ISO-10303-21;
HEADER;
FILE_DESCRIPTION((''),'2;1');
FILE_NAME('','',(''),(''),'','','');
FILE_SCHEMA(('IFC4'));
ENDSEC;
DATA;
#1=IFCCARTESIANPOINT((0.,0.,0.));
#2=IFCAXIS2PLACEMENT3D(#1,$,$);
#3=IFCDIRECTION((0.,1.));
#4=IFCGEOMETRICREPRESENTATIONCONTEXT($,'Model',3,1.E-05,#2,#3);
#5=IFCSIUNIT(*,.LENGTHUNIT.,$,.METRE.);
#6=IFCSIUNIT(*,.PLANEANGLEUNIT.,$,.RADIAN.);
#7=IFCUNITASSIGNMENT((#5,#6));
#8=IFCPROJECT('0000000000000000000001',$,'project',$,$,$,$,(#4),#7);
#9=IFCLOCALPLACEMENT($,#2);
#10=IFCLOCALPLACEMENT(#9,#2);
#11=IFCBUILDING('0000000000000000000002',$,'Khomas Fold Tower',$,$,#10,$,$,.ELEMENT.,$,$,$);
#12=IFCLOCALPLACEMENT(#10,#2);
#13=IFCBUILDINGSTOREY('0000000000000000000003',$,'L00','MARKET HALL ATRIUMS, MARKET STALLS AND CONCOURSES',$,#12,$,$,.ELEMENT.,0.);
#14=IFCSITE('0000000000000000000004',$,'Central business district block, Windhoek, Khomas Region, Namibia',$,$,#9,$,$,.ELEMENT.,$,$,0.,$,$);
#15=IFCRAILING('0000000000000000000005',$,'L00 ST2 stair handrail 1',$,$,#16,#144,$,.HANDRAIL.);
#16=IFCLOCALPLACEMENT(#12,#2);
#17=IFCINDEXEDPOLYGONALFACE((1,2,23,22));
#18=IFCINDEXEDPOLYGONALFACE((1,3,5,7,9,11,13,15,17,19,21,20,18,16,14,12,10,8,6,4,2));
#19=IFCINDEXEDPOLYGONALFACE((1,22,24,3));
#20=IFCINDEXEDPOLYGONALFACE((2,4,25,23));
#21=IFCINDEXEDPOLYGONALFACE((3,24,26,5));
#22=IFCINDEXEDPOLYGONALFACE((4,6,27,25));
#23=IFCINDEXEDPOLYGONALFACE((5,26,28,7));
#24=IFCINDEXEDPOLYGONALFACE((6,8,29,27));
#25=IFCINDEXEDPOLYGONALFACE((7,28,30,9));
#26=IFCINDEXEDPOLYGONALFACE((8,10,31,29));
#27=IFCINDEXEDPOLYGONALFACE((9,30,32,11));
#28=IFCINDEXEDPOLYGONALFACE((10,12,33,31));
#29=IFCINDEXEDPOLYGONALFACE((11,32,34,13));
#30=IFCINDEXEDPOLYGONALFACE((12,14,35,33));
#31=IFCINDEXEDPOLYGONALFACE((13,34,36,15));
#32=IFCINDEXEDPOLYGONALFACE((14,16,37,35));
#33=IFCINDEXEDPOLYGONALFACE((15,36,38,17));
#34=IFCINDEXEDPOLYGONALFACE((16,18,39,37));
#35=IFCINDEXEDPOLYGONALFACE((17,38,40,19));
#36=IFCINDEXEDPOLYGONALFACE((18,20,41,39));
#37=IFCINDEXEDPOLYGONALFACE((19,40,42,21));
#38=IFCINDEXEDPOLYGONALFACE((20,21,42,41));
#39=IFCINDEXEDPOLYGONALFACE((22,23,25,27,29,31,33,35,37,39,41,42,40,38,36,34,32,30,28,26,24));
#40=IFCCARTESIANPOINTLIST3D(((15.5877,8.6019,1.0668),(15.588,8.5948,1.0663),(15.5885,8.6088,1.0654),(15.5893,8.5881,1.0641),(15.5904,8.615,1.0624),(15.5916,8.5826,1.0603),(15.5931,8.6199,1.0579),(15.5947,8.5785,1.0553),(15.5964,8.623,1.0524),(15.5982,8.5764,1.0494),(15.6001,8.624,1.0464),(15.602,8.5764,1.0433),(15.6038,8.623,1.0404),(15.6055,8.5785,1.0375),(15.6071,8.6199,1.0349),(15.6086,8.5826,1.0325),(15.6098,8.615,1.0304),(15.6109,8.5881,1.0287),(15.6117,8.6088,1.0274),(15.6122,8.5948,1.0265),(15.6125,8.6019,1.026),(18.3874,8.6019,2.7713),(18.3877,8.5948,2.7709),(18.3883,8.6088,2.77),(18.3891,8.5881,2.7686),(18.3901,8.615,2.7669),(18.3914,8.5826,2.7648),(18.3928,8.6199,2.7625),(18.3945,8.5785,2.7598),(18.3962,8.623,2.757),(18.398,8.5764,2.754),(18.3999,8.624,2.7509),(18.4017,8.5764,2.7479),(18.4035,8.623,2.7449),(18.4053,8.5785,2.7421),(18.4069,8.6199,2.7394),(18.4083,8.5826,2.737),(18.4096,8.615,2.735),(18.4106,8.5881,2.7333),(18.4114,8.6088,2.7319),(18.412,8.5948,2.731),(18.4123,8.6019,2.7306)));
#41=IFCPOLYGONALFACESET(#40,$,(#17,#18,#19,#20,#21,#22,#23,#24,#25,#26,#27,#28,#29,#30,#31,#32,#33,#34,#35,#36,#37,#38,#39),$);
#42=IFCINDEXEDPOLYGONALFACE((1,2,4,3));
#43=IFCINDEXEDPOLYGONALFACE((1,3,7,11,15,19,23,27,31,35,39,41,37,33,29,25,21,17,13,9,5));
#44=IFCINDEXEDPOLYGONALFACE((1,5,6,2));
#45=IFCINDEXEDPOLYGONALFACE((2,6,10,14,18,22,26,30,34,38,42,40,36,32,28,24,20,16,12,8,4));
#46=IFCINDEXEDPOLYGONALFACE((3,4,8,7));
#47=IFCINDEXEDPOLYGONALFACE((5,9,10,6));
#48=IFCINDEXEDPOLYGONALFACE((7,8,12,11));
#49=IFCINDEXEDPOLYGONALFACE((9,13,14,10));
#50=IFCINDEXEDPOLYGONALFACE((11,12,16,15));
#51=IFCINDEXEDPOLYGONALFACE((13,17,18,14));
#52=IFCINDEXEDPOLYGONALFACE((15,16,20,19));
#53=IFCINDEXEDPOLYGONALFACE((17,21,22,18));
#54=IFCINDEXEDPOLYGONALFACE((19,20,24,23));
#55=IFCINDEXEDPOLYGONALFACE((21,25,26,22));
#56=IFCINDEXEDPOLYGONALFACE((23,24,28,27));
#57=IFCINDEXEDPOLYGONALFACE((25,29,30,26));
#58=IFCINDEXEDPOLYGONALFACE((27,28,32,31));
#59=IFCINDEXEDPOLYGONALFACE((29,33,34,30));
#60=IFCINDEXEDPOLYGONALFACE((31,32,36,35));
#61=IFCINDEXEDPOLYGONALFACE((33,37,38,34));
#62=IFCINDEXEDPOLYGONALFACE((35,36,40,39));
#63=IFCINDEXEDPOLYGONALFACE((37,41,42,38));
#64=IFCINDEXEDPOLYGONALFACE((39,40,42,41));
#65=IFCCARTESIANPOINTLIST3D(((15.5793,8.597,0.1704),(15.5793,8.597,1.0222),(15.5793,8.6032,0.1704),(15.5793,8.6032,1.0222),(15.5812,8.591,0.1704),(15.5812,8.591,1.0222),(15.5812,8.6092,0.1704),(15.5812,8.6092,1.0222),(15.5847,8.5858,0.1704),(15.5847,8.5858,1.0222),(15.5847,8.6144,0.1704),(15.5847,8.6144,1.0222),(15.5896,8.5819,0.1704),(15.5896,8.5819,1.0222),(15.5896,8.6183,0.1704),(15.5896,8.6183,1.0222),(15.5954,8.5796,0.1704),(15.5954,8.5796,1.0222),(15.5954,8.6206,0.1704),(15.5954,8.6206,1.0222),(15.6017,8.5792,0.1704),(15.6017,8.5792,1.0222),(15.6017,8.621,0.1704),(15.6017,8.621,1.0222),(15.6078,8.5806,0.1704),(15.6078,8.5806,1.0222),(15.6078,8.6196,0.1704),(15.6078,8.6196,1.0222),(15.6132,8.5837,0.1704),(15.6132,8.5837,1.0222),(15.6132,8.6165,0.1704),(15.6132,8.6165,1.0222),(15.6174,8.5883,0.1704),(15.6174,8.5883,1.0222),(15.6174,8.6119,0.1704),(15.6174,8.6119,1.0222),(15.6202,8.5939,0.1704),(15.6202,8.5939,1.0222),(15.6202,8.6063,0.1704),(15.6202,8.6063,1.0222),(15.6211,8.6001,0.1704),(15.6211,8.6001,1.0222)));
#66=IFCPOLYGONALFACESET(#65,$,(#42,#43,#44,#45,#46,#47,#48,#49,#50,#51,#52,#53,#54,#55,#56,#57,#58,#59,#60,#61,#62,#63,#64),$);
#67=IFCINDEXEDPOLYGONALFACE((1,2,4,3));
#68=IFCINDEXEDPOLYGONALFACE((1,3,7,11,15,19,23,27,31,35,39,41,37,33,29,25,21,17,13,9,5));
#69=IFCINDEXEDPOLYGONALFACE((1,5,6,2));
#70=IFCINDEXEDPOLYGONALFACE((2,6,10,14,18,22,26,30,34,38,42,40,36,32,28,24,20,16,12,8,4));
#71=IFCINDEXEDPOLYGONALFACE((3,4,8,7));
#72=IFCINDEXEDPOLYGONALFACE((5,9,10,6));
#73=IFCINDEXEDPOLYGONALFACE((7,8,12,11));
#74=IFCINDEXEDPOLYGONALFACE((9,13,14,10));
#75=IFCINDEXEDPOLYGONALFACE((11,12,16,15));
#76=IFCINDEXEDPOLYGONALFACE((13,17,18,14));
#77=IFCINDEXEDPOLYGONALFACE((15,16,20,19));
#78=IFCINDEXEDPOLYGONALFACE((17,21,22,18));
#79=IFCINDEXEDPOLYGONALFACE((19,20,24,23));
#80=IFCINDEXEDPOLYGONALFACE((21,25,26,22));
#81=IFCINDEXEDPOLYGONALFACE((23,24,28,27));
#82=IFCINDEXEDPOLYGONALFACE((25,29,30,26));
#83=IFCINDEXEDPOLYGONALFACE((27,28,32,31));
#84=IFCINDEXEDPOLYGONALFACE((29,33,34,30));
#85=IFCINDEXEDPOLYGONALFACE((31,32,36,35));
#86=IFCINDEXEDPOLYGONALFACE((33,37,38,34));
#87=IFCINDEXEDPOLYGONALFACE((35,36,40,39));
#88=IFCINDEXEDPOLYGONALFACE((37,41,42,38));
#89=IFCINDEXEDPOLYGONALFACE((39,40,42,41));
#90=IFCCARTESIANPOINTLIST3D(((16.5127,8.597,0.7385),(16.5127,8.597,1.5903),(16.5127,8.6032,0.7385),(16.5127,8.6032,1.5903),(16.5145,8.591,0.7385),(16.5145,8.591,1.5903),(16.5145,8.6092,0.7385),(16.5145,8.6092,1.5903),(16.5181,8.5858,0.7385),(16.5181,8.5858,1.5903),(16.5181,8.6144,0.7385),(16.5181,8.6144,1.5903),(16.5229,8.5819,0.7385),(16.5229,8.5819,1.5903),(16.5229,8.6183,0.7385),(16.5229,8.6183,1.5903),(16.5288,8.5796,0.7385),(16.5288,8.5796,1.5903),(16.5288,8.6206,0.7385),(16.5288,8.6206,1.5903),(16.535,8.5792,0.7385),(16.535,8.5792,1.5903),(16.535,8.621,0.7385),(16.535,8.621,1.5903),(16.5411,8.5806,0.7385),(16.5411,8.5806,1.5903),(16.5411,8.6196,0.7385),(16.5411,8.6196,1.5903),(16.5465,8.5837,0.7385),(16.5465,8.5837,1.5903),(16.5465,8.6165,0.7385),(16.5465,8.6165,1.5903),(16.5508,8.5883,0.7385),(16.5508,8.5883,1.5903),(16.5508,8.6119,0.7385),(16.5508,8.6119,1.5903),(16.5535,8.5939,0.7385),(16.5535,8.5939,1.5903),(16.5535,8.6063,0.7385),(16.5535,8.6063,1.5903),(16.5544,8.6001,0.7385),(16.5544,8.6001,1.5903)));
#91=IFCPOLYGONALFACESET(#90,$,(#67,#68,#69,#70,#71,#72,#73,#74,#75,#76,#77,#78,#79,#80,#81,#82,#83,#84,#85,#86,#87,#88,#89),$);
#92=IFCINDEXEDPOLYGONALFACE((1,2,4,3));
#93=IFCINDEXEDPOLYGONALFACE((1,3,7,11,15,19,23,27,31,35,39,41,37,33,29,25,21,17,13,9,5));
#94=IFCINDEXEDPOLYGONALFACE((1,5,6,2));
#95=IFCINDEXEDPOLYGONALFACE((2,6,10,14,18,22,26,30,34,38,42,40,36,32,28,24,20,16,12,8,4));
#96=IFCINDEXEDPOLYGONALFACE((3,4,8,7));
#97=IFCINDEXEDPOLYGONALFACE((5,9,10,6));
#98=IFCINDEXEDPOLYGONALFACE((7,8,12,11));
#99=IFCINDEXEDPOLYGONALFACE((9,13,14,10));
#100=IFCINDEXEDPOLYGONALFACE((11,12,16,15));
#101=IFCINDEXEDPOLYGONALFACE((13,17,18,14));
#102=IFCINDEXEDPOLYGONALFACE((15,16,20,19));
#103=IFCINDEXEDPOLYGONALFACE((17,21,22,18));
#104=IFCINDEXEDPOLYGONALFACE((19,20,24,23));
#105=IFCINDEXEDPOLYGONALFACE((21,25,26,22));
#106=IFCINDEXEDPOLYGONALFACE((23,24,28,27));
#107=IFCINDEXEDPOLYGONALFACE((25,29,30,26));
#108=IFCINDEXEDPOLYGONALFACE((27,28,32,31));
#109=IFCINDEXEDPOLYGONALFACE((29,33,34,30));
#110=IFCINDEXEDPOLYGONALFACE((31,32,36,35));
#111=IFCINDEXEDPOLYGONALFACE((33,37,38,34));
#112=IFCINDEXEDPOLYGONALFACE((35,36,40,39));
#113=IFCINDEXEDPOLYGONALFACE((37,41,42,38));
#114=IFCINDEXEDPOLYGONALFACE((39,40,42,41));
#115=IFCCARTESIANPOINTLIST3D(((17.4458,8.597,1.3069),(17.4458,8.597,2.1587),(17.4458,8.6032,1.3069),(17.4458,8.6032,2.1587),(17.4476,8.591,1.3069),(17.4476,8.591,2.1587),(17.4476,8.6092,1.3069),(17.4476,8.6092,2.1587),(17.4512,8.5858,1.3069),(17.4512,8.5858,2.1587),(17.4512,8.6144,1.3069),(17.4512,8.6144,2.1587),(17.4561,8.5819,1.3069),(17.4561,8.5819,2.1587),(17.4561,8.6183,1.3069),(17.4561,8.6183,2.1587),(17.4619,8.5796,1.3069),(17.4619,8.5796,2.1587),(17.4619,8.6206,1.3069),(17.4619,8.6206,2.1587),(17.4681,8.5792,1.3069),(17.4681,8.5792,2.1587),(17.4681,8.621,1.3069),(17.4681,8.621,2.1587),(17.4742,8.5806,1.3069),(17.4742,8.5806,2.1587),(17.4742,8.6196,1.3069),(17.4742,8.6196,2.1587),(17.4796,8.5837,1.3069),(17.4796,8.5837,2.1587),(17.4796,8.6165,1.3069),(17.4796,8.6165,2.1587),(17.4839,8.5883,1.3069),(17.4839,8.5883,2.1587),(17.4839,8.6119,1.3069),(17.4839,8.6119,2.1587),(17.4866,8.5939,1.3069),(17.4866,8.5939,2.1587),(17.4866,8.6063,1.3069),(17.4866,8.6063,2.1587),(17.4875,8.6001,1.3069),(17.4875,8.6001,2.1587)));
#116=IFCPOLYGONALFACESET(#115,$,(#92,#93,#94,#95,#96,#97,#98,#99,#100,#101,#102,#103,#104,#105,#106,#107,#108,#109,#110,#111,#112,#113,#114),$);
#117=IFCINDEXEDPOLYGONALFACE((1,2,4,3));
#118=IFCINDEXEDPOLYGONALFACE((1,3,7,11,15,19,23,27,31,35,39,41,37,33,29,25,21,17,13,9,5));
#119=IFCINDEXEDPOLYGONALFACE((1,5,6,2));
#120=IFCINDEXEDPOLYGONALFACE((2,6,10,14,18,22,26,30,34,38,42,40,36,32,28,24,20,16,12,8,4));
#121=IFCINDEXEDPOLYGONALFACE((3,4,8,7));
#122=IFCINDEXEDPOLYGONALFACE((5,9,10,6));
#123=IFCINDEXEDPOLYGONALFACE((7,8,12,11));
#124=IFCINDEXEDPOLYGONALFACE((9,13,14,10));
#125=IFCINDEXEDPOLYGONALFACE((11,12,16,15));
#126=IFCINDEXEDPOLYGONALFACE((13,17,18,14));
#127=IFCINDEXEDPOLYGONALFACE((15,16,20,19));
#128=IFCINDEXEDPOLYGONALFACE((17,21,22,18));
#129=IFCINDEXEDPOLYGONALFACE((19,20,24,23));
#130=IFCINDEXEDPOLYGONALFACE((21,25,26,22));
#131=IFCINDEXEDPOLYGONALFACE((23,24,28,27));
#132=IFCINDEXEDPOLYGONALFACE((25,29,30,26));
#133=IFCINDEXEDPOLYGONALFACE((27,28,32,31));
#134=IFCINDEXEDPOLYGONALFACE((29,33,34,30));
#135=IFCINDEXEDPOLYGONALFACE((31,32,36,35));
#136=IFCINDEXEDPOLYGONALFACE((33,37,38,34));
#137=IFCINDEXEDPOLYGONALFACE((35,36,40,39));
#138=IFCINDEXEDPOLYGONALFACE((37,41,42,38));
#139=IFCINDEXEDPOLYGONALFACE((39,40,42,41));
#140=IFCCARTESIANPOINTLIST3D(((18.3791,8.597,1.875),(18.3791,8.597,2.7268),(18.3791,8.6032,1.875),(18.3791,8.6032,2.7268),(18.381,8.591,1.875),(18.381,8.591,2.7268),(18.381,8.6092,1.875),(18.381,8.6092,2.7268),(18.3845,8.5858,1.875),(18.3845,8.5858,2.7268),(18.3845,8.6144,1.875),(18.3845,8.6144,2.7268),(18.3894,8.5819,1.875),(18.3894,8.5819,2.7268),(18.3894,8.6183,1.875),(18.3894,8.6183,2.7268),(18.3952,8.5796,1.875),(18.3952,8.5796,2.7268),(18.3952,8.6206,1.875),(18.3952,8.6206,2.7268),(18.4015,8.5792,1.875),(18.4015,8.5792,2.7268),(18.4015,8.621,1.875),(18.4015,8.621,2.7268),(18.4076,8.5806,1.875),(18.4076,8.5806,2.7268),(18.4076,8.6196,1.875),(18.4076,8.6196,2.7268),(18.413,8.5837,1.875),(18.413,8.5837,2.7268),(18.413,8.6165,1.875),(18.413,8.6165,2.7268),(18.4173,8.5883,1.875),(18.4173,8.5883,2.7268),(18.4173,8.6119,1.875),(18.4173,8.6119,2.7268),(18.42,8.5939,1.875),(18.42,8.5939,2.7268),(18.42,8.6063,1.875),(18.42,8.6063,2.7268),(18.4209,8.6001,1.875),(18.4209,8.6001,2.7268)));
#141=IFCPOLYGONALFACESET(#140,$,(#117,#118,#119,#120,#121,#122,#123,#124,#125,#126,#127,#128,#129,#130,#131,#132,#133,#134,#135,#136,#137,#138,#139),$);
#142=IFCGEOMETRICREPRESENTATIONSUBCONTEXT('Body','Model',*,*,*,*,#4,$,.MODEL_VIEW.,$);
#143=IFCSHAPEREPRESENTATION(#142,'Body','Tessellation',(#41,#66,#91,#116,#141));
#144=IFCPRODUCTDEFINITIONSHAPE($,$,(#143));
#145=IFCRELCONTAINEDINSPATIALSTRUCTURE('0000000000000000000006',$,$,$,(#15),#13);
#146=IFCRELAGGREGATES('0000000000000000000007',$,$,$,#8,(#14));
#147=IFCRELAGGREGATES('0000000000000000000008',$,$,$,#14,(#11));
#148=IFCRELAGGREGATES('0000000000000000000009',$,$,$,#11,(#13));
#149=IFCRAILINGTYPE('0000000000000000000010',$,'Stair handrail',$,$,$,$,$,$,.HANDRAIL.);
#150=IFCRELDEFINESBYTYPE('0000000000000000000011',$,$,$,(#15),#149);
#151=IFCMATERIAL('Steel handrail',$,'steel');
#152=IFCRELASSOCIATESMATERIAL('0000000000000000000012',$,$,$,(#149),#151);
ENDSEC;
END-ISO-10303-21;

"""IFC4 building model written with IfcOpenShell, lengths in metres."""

from ifc_helpers import new_model, si_unit, direction, frame, origin, origin_2d, place, context, subcontext, project, spatial, circle, extrude, source, transform, mapped, material, type_object, element, save


model = new_model("IFC4")

# Units and contexts
model_context = context("Model", 3, precision=1e-05, world=origin(), true_north=direction((0.0, 1.0)))
body_context = subcontext(model_context, "Body", "Model", "MODEL_VIEW")
ifc_project = project(units=[si_unit("LENGTHUNIT", "METRE"), si_unit("PLANEANGLEUNIT", "RADIAN")], contexts=[model_context])

# Site, building, storey
site_placement = place(None, origin())
site = spatial("IfcSite", under=ifc_project, at=site_placement, Name="Central business district block, Windhoek, Khomas Region, Namibia", CompositionType="ELEMENT", RefElevation=0.0)
building_placement = place(site_placement, origin())
building = spatial("IfcBuilding", under=site, at=building_placement, Name="Khomas Fold Tower", CompositionType="ELEMENT")
storey_placement = place(building_placement, origin())
storey = spatial("IfcBuildingStorey", under=building, at=storey_placement, Name="L00", Description="MARKET HALL ATRIUMS, MARKET STALLS AND CONCOURSES", CompositionType="ELEMENT", Elevation=0.0)

# Railing
ifc_material_1 = material(Name="Steel handrail", Category="steel")
railing_type_1 = type_object("IfcRailingType", Name="Stair handrail", PredefinedType="HANDRAIL", material=ifc_material_1)
shared_shape_1 = source(origin(), body_context, "Body", "SweptSolid", [
    extrude(circle(Radius=0.0239, at=origin_2d()), frame((0.0, 0.0, 0.876), z_axis=(0.85415, 0.0, 0.520027), x_axis=(0.0, 1.0, 0.0)), (0.0, 0.0, 1.0), 3.2778),
    extrude(circle(Radius=0.021, at=origin_2d()), origin(), (0.0, 0.0, 1.0), 0.8518),
    extrude(circle(Radius=0.021, at=origin_2d()), frame((0.9333, 0.0, 0.5681)), (0.0, 0.0, 1.0), 0.8518),
    extrude(circle(Radius=0.021, at=origin_2d()), frame((1.8665, 0.0, 1.1365)), (0.0, 0.0, 1.0), 0.8518),
    extrude(circle(Radius=0.021, at=origin_2d()), frame((2.7998, 0.0, 1.7046)), (0.0, 0.0, 1.0), 0.8518),
])
for number, where, name in (
    (1, (15.6001, 8.6001, 0.1704), "L00 ST2 stair handrail 1"),
):
    element("IfcRailing", number, at=place(storey_placement, frame(where)), inside=storey, type_object=railing_type_1, Name=name, PredefinedType="HANDRAIL", context=body_context, shape_type="MappedRepresentation", body=[
        mapped(shared_shape_1, transform((0.0, 0.0, 0.0))),
    ])

save(model, "model.ifc")
